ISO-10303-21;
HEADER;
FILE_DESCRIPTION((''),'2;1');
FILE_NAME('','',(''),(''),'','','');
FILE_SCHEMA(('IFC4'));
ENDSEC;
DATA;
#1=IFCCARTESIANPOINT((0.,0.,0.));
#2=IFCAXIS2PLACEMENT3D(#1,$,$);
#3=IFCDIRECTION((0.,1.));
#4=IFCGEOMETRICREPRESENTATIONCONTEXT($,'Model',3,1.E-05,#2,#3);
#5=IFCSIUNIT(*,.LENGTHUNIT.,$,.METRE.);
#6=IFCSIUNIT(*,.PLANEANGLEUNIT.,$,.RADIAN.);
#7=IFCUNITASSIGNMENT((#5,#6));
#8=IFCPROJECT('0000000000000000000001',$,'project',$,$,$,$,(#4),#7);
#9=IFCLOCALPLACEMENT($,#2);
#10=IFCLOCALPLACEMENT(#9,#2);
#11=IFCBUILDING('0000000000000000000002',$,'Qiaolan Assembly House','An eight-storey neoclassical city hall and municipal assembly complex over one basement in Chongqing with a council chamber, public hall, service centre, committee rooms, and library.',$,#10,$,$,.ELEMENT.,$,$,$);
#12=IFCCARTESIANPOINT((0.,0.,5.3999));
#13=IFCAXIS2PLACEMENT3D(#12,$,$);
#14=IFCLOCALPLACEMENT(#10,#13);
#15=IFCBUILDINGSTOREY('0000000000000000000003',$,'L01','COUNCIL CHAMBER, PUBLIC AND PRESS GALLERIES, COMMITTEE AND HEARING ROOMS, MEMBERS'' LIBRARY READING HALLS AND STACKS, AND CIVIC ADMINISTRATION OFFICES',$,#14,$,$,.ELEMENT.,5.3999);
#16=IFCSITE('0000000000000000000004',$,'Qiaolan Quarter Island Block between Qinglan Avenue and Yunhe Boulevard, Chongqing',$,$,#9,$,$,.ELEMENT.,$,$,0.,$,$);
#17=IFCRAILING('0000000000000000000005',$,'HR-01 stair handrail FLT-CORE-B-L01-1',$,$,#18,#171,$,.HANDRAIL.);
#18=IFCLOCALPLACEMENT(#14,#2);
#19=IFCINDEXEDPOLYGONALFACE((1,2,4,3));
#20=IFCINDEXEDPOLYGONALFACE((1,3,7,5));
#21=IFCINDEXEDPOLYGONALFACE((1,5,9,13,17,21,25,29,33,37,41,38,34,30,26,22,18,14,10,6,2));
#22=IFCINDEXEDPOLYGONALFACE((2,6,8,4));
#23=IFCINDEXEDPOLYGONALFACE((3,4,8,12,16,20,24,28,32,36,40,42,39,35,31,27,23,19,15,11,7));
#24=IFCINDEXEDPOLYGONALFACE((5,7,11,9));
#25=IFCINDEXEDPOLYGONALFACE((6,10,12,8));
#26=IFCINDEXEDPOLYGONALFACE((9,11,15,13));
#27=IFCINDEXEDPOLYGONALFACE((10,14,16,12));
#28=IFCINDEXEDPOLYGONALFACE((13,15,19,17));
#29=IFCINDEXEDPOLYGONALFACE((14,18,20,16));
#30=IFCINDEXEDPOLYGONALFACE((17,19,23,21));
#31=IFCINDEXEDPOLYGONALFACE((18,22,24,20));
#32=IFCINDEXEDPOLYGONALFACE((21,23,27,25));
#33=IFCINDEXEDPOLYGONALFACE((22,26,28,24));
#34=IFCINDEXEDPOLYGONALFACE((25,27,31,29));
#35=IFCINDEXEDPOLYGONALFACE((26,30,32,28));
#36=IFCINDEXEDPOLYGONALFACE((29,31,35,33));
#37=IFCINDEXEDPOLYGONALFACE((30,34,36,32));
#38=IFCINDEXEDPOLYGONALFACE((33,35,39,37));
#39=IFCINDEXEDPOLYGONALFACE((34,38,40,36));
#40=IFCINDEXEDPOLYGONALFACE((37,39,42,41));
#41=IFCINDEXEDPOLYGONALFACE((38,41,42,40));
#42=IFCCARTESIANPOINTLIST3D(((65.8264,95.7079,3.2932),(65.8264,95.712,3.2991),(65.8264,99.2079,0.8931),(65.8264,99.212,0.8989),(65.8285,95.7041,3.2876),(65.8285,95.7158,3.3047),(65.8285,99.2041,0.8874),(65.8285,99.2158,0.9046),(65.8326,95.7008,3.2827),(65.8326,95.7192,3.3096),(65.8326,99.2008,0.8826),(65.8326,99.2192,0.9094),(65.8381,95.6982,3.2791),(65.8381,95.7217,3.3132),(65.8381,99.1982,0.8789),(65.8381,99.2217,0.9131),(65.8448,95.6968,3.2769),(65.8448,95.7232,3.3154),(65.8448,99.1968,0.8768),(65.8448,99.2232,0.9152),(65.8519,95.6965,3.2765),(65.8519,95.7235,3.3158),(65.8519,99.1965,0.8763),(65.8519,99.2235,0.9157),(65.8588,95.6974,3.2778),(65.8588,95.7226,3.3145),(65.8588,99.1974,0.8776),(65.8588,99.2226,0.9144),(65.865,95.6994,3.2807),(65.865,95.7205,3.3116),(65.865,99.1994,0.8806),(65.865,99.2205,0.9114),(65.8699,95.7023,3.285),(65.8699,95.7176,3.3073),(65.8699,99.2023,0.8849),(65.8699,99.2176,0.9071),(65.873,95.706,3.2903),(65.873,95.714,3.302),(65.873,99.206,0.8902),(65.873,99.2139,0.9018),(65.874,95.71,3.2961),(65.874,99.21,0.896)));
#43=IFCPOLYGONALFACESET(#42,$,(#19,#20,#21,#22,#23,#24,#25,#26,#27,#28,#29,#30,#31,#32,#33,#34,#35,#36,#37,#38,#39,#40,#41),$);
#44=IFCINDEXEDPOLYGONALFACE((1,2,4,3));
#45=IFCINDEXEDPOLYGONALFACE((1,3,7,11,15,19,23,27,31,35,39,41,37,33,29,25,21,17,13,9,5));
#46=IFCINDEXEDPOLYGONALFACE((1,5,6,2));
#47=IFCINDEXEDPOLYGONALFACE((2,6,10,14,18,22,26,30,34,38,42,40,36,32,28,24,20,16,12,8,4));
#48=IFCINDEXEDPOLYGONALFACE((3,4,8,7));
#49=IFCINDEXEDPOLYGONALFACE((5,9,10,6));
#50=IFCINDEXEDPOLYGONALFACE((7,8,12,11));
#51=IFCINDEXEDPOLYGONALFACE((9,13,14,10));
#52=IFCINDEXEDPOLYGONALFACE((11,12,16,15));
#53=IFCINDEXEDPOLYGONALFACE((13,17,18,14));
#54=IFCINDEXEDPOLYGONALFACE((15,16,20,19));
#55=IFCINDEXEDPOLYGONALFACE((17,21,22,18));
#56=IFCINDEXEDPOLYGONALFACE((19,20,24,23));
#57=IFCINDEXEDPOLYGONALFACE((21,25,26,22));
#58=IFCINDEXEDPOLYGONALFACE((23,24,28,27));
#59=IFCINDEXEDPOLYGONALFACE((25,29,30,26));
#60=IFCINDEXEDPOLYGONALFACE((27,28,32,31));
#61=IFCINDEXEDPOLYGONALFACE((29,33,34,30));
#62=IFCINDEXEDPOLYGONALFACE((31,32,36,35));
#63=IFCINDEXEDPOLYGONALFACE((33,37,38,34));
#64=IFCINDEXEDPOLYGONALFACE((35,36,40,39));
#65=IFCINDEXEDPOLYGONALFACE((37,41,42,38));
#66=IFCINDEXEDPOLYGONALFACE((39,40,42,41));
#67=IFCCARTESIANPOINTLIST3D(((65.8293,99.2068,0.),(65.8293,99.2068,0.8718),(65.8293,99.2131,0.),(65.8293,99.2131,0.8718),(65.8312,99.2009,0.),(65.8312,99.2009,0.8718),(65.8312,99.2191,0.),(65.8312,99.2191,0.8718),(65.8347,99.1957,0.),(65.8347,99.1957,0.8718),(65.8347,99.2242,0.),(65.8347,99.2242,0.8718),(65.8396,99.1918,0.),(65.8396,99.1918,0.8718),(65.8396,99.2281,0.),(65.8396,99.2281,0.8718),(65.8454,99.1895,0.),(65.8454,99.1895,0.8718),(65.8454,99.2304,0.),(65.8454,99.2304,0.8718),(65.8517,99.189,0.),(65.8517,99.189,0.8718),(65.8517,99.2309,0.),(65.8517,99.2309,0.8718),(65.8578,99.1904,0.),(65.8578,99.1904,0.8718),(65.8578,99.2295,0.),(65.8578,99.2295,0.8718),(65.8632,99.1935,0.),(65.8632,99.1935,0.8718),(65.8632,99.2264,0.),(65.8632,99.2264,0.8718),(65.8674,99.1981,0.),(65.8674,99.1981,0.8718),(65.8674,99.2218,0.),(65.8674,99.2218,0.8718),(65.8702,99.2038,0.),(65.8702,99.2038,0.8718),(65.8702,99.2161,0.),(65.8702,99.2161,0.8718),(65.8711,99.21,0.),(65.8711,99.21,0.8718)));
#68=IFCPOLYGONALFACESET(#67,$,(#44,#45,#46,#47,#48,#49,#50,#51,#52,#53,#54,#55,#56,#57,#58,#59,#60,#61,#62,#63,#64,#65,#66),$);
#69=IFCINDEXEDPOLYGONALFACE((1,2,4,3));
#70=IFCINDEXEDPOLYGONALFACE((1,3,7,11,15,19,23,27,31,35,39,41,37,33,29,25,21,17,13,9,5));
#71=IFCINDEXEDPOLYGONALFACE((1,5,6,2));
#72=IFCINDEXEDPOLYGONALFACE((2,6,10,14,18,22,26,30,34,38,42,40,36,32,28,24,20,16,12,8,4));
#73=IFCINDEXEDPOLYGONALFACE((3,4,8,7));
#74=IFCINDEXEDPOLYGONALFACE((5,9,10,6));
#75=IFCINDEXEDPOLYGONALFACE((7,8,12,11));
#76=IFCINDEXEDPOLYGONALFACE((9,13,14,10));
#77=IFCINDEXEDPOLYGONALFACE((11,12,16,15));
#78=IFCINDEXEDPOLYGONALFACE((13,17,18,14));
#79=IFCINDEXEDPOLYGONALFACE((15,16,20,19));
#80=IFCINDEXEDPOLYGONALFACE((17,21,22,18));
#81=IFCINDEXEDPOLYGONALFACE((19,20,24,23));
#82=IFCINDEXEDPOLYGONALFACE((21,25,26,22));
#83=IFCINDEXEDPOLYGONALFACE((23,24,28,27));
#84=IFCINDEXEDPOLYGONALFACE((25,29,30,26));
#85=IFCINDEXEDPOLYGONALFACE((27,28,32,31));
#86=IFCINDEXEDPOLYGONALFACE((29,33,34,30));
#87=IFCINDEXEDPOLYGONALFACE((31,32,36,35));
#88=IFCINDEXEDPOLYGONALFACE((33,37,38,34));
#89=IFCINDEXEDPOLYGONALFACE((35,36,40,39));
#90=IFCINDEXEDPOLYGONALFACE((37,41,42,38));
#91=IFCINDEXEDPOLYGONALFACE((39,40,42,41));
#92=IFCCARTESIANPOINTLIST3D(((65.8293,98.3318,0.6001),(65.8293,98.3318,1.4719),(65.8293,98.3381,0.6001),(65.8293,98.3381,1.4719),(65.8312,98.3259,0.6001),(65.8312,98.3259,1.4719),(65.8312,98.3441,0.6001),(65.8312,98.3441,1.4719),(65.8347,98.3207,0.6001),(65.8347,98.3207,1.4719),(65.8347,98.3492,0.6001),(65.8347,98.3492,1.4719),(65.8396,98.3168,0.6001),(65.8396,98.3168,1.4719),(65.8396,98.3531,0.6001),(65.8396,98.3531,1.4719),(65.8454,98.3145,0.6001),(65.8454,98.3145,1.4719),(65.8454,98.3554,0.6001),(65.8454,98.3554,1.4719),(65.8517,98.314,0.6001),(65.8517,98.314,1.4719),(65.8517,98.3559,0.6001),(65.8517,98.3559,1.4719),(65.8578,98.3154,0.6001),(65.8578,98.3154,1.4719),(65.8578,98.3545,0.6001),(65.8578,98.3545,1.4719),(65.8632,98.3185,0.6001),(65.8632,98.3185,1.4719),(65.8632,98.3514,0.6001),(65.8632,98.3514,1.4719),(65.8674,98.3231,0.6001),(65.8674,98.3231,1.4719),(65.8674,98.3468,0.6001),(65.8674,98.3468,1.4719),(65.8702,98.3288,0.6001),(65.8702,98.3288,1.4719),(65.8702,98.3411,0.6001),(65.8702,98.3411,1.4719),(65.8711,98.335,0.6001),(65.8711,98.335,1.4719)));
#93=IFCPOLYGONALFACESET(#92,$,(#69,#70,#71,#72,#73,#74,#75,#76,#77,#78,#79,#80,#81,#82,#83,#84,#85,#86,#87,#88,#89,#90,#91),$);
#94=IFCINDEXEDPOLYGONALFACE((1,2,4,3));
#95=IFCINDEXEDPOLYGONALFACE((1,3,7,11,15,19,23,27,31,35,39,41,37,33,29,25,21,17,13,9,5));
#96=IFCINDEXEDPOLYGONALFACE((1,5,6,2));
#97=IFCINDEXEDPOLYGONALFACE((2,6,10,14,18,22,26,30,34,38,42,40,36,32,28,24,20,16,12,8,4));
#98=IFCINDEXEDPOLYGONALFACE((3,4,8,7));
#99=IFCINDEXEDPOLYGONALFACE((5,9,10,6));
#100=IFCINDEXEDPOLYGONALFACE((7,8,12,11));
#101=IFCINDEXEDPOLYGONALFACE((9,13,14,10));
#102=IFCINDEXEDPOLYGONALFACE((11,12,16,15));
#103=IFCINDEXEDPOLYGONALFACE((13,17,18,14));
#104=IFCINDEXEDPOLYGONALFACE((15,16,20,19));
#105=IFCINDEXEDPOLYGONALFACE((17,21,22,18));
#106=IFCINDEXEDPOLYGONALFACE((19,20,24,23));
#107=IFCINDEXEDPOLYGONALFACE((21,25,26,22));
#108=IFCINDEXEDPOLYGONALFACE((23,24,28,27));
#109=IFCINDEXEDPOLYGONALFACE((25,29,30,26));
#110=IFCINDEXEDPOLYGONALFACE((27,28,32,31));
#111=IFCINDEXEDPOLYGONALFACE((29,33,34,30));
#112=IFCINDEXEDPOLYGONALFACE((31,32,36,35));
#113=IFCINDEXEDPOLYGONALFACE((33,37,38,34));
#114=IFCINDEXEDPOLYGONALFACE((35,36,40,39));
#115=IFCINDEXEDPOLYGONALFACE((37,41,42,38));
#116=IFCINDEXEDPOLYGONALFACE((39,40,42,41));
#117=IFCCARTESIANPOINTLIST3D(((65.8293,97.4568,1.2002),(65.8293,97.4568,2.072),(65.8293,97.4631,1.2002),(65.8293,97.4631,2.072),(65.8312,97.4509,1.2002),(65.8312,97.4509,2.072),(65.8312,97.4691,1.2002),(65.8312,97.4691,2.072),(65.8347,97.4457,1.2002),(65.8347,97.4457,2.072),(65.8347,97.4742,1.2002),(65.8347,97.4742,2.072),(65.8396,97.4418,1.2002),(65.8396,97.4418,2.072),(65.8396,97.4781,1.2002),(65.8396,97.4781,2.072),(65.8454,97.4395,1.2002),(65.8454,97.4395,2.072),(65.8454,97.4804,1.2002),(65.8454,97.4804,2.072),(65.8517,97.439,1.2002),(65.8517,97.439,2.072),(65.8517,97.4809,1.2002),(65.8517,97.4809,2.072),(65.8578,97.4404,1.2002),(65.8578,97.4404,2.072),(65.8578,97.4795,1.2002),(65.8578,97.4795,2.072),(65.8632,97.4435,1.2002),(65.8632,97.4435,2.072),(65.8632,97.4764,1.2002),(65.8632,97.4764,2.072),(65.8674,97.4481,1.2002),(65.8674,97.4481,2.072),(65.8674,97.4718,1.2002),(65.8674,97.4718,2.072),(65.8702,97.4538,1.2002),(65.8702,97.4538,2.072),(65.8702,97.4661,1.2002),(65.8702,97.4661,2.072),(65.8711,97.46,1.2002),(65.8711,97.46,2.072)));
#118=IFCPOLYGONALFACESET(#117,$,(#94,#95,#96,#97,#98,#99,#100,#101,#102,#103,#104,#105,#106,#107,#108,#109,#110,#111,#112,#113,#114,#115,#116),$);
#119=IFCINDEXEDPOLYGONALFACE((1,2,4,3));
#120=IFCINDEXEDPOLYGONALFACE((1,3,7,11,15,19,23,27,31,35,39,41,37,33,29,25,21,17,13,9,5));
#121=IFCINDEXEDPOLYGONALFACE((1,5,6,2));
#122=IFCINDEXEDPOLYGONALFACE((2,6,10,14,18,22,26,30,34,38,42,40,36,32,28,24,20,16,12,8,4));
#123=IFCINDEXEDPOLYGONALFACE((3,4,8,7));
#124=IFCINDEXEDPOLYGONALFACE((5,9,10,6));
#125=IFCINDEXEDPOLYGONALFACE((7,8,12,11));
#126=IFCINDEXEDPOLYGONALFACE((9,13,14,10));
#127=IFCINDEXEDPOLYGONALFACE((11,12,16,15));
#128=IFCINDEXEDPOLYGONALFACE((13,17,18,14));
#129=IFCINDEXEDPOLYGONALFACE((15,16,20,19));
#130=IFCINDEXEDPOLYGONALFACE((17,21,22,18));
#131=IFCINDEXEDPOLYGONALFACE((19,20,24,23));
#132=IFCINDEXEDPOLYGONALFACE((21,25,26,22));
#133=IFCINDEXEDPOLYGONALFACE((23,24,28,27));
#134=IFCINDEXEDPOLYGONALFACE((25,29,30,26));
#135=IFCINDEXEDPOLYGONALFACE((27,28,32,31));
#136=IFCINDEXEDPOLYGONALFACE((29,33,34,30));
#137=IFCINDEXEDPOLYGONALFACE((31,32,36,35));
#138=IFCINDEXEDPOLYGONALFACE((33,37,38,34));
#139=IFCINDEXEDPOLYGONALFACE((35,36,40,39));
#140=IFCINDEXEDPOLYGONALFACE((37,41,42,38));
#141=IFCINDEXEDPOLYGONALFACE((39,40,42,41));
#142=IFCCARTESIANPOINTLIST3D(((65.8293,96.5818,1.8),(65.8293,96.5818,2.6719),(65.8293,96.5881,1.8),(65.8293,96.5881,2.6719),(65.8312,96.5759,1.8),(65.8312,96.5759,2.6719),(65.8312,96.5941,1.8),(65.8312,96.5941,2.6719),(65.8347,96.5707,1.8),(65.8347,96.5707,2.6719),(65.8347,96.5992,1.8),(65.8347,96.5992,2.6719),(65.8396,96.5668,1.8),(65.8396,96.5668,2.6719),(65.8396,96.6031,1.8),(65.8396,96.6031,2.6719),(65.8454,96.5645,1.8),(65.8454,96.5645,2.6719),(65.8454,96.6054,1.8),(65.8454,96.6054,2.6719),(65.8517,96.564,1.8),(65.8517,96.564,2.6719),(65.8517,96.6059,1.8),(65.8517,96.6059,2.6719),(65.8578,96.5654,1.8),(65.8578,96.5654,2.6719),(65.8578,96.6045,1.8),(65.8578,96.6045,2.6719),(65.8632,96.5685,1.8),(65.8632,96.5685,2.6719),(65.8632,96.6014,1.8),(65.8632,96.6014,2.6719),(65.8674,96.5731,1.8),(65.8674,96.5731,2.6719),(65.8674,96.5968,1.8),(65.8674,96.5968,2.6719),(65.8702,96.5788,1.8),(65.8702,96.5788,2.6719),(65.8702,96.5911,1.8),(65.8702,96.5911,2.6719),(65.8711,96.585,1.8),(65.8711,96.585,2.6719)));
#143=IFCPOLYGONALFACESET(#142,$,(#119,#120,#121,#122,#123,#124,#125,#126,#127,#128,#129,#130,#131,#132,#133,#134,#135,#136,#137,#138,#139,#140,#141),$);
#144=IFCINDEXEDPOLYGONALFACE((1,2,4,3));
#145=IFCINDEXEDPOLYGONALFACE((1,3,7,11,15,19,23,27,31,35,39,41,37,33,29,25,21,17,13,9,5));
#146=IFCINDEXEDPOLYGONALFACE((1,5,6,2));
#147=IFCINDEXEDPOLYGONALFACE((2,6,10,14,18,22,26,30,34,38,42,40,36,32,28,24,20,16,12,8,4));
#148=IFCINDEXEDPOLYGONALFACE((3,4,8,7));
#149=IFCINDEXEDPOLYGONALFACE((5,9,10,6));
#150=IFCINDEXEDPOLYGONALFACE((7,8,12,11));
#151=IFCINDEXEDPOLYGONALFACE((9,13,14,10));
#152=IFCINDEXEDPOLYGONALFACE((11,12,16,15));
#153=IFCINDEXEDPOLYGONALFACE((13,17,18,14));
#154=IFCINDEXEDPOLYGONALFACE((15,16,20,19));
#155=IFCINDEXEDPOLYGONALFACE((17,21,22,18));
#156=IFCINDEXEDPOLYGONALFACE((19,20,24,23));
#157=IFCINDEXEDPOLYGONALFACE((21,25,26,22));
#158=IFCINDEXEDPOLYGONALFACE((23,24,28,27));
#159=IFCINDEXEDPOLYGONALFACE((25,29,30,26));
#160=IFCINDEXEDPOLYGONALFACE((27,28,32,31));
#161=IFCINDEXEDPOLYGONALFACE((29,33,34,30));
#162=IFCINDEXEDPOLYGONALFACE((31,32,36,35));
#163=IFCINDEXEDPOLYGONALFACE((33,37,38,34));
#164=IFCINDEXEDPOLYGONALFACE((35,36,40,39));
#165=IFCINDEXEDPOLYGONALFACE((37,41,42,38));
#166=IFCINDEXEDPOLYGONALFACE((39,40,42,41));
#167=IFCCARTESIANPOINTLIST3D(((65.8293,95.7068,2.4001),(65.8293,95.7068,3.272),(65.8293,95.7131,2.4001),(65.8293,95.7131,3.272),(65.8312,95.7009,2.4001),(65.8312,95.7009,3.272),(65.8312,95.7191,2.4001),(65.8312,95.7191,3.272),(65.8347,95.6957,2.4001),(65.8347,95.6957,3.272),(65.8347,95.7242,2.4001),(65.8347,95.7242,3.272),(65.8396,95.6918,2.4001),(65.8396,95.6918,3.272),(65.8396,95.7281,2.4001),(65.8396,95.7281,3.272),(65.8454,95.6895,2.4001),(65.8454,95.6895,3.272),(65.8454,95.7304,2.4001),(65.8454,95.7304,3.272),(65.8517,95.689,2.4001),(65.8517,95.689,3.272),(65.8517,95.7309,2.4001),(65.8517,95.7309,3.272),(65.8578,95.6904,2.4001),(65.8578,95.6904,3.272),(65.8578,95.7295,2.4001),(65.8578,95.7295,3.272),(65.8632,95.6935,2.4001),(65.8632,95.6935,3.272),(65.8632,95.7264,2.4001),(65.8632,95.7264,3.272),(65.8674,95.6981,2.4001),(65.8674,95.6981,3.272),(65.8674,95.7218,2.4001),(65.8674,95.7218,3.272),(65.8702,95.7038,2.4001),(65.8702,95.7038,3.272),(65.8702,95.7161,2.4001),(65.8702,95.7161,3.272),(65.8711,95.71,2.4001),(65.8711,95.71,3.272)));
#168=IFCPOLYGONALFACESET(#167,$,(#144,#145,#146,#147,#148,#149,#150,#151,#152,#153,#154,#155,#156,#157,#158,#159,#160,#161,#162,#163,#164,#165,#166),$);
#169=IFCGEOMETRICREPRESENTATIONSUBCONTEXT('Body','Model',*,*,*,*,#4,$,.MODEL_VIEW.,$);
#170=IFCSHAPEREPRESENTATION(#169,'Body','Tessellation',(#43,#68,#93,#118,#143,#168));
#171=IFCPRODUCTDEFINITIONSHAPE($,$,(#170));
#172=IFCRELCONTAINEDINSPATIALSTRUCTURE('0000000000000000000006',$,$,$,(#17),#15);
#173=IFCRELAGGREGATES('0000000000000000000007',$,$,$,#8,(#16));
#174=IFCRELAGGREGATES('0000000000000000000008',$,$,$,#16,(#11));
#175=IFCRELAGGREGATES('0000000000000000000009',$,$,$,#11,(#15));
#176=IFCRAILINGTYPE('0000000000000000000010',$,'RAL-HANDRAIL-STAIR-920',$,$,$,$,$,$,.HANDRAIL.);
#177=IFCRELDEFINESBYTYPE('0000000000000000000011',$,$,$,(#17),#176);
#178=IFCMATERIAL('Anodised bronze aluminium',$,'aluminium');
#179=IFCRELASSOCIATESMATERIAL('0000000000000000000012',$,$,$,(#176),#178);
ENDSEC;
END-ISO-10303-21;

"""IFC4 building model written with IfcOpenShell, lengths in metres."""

from ifc_helpers import new_model, si_unit, direction, frame, origin, origin_2d, place, context, subcontext, project, spatial, circle, extrude, material, type_object, element, save


model = new_model("IFC4")

# Units and contexts
model_context = context("Model", 3, precision=1e-05, world=origin(), true_north=direction((0.0, 1.0)))
body_context = subcontext(model_context, "Body", "Model", "MODEL_VIEW")
ifc_project = project(units=[si_unit("LENGTHUNIT", "METRE"), si_unit("PLANEANGLEUNIT", "RADIAN")], contexts=[model_context])

# Site, building, storey
site_placement = place(None, origin())
site = spatial("IfcSite", under=ifc_project, at=site_placement, Name="Qiaolan Quarter Island Block between Qinglan Avenue and Yunhe Boulevard, Chongqing", CompositionType="ELEMENT", RefElevation=0.0)
building_placement = place(site_placement, origin())
building = spatial("IfcBuilding", under=site, at=building_placement, Name="Qiaolan Assembly House", Description="An eight-storey neoclassical city hall and municipal assembly complex over one basement in Chongqing with a council chamber, public hall, service centre, committee rooms, and library.", CompositionType="ELEMENT")
storey_placement = place(building_placement, frame((0.0, 0.0, 5.3999)))
storey = spatial("IfcBuildingStorey", under=building, at=storey_placement, Name="L01", Description="COUNCIL CHAMBER, PUBLIC AND PRESS GALLERIES, COMMITTEE AND HEARING ROOMS, MEMBERS' LIBRARY READING HALLS AND STACKS, AND CIVIC ADMINISTRATION OFFICES", CompositionType="ELEMENT", Elevation=5.3999)

# Railing
ifc_material_1 = material(Name="Anodised bronze aluminium", Category="aluminium")
railing_type_1 = type_object("IfcRailingType", Name="RAL-HANDRAIL-STAIR-920", PredefinedType="HANDRAIL", material=ifc_material_1)
railing_1_placement = place(storey_placement, frame((65.8501, 99.21, 0.0)))
element("IfcRailing", 1, at=railing_1_placement, inside=storey, type_object=railing_type_1, Name="HR-01 stair handrail FLT-CORE-B-L01-1", PredefinedType="HANDRAIL", context=body_context, shape_type="SweptSolid", body=[
    extrude(circle(Radius=0.0239, at=origin_2d()), frame((0.0, 0.0, 0.896), z_axis=(0.0, -0.824713, 0.565552), x_axis=(1.0, 0.0, 0.0)), (0.0, 0.0, 1.0), 4.2439),
    extrude(circle(Radius=0.021, at=origin_2d()), origin(), (0.0, 0.0, 1.0), 0.8718),
    extrude(circle(Radius=0.021, at=origin_2d()), frame((0.0, -0.875, 0.6001)), (0.0, 0.0, 1.0), 0.8718),
    extrude(circle(Radius=0.021, at=origin_2d()), frame((0.0, -1.75, 1.2002)), (0.0, 0.0, 1.0), 0.8718),
    extrude(circle(Radius=0.021, at=origin_2d()), frame((0.0, -2.625, 1.8)), (0.0, 0.0, 1.0), 0.8718),
    extrude(circle(Radius=0.021, at=origin_2d()), frame((0.0, -3.5, 2.4001)), (0.0, 0.0, 1.0), 0.8718),
])

save(model, "model.ifc")
